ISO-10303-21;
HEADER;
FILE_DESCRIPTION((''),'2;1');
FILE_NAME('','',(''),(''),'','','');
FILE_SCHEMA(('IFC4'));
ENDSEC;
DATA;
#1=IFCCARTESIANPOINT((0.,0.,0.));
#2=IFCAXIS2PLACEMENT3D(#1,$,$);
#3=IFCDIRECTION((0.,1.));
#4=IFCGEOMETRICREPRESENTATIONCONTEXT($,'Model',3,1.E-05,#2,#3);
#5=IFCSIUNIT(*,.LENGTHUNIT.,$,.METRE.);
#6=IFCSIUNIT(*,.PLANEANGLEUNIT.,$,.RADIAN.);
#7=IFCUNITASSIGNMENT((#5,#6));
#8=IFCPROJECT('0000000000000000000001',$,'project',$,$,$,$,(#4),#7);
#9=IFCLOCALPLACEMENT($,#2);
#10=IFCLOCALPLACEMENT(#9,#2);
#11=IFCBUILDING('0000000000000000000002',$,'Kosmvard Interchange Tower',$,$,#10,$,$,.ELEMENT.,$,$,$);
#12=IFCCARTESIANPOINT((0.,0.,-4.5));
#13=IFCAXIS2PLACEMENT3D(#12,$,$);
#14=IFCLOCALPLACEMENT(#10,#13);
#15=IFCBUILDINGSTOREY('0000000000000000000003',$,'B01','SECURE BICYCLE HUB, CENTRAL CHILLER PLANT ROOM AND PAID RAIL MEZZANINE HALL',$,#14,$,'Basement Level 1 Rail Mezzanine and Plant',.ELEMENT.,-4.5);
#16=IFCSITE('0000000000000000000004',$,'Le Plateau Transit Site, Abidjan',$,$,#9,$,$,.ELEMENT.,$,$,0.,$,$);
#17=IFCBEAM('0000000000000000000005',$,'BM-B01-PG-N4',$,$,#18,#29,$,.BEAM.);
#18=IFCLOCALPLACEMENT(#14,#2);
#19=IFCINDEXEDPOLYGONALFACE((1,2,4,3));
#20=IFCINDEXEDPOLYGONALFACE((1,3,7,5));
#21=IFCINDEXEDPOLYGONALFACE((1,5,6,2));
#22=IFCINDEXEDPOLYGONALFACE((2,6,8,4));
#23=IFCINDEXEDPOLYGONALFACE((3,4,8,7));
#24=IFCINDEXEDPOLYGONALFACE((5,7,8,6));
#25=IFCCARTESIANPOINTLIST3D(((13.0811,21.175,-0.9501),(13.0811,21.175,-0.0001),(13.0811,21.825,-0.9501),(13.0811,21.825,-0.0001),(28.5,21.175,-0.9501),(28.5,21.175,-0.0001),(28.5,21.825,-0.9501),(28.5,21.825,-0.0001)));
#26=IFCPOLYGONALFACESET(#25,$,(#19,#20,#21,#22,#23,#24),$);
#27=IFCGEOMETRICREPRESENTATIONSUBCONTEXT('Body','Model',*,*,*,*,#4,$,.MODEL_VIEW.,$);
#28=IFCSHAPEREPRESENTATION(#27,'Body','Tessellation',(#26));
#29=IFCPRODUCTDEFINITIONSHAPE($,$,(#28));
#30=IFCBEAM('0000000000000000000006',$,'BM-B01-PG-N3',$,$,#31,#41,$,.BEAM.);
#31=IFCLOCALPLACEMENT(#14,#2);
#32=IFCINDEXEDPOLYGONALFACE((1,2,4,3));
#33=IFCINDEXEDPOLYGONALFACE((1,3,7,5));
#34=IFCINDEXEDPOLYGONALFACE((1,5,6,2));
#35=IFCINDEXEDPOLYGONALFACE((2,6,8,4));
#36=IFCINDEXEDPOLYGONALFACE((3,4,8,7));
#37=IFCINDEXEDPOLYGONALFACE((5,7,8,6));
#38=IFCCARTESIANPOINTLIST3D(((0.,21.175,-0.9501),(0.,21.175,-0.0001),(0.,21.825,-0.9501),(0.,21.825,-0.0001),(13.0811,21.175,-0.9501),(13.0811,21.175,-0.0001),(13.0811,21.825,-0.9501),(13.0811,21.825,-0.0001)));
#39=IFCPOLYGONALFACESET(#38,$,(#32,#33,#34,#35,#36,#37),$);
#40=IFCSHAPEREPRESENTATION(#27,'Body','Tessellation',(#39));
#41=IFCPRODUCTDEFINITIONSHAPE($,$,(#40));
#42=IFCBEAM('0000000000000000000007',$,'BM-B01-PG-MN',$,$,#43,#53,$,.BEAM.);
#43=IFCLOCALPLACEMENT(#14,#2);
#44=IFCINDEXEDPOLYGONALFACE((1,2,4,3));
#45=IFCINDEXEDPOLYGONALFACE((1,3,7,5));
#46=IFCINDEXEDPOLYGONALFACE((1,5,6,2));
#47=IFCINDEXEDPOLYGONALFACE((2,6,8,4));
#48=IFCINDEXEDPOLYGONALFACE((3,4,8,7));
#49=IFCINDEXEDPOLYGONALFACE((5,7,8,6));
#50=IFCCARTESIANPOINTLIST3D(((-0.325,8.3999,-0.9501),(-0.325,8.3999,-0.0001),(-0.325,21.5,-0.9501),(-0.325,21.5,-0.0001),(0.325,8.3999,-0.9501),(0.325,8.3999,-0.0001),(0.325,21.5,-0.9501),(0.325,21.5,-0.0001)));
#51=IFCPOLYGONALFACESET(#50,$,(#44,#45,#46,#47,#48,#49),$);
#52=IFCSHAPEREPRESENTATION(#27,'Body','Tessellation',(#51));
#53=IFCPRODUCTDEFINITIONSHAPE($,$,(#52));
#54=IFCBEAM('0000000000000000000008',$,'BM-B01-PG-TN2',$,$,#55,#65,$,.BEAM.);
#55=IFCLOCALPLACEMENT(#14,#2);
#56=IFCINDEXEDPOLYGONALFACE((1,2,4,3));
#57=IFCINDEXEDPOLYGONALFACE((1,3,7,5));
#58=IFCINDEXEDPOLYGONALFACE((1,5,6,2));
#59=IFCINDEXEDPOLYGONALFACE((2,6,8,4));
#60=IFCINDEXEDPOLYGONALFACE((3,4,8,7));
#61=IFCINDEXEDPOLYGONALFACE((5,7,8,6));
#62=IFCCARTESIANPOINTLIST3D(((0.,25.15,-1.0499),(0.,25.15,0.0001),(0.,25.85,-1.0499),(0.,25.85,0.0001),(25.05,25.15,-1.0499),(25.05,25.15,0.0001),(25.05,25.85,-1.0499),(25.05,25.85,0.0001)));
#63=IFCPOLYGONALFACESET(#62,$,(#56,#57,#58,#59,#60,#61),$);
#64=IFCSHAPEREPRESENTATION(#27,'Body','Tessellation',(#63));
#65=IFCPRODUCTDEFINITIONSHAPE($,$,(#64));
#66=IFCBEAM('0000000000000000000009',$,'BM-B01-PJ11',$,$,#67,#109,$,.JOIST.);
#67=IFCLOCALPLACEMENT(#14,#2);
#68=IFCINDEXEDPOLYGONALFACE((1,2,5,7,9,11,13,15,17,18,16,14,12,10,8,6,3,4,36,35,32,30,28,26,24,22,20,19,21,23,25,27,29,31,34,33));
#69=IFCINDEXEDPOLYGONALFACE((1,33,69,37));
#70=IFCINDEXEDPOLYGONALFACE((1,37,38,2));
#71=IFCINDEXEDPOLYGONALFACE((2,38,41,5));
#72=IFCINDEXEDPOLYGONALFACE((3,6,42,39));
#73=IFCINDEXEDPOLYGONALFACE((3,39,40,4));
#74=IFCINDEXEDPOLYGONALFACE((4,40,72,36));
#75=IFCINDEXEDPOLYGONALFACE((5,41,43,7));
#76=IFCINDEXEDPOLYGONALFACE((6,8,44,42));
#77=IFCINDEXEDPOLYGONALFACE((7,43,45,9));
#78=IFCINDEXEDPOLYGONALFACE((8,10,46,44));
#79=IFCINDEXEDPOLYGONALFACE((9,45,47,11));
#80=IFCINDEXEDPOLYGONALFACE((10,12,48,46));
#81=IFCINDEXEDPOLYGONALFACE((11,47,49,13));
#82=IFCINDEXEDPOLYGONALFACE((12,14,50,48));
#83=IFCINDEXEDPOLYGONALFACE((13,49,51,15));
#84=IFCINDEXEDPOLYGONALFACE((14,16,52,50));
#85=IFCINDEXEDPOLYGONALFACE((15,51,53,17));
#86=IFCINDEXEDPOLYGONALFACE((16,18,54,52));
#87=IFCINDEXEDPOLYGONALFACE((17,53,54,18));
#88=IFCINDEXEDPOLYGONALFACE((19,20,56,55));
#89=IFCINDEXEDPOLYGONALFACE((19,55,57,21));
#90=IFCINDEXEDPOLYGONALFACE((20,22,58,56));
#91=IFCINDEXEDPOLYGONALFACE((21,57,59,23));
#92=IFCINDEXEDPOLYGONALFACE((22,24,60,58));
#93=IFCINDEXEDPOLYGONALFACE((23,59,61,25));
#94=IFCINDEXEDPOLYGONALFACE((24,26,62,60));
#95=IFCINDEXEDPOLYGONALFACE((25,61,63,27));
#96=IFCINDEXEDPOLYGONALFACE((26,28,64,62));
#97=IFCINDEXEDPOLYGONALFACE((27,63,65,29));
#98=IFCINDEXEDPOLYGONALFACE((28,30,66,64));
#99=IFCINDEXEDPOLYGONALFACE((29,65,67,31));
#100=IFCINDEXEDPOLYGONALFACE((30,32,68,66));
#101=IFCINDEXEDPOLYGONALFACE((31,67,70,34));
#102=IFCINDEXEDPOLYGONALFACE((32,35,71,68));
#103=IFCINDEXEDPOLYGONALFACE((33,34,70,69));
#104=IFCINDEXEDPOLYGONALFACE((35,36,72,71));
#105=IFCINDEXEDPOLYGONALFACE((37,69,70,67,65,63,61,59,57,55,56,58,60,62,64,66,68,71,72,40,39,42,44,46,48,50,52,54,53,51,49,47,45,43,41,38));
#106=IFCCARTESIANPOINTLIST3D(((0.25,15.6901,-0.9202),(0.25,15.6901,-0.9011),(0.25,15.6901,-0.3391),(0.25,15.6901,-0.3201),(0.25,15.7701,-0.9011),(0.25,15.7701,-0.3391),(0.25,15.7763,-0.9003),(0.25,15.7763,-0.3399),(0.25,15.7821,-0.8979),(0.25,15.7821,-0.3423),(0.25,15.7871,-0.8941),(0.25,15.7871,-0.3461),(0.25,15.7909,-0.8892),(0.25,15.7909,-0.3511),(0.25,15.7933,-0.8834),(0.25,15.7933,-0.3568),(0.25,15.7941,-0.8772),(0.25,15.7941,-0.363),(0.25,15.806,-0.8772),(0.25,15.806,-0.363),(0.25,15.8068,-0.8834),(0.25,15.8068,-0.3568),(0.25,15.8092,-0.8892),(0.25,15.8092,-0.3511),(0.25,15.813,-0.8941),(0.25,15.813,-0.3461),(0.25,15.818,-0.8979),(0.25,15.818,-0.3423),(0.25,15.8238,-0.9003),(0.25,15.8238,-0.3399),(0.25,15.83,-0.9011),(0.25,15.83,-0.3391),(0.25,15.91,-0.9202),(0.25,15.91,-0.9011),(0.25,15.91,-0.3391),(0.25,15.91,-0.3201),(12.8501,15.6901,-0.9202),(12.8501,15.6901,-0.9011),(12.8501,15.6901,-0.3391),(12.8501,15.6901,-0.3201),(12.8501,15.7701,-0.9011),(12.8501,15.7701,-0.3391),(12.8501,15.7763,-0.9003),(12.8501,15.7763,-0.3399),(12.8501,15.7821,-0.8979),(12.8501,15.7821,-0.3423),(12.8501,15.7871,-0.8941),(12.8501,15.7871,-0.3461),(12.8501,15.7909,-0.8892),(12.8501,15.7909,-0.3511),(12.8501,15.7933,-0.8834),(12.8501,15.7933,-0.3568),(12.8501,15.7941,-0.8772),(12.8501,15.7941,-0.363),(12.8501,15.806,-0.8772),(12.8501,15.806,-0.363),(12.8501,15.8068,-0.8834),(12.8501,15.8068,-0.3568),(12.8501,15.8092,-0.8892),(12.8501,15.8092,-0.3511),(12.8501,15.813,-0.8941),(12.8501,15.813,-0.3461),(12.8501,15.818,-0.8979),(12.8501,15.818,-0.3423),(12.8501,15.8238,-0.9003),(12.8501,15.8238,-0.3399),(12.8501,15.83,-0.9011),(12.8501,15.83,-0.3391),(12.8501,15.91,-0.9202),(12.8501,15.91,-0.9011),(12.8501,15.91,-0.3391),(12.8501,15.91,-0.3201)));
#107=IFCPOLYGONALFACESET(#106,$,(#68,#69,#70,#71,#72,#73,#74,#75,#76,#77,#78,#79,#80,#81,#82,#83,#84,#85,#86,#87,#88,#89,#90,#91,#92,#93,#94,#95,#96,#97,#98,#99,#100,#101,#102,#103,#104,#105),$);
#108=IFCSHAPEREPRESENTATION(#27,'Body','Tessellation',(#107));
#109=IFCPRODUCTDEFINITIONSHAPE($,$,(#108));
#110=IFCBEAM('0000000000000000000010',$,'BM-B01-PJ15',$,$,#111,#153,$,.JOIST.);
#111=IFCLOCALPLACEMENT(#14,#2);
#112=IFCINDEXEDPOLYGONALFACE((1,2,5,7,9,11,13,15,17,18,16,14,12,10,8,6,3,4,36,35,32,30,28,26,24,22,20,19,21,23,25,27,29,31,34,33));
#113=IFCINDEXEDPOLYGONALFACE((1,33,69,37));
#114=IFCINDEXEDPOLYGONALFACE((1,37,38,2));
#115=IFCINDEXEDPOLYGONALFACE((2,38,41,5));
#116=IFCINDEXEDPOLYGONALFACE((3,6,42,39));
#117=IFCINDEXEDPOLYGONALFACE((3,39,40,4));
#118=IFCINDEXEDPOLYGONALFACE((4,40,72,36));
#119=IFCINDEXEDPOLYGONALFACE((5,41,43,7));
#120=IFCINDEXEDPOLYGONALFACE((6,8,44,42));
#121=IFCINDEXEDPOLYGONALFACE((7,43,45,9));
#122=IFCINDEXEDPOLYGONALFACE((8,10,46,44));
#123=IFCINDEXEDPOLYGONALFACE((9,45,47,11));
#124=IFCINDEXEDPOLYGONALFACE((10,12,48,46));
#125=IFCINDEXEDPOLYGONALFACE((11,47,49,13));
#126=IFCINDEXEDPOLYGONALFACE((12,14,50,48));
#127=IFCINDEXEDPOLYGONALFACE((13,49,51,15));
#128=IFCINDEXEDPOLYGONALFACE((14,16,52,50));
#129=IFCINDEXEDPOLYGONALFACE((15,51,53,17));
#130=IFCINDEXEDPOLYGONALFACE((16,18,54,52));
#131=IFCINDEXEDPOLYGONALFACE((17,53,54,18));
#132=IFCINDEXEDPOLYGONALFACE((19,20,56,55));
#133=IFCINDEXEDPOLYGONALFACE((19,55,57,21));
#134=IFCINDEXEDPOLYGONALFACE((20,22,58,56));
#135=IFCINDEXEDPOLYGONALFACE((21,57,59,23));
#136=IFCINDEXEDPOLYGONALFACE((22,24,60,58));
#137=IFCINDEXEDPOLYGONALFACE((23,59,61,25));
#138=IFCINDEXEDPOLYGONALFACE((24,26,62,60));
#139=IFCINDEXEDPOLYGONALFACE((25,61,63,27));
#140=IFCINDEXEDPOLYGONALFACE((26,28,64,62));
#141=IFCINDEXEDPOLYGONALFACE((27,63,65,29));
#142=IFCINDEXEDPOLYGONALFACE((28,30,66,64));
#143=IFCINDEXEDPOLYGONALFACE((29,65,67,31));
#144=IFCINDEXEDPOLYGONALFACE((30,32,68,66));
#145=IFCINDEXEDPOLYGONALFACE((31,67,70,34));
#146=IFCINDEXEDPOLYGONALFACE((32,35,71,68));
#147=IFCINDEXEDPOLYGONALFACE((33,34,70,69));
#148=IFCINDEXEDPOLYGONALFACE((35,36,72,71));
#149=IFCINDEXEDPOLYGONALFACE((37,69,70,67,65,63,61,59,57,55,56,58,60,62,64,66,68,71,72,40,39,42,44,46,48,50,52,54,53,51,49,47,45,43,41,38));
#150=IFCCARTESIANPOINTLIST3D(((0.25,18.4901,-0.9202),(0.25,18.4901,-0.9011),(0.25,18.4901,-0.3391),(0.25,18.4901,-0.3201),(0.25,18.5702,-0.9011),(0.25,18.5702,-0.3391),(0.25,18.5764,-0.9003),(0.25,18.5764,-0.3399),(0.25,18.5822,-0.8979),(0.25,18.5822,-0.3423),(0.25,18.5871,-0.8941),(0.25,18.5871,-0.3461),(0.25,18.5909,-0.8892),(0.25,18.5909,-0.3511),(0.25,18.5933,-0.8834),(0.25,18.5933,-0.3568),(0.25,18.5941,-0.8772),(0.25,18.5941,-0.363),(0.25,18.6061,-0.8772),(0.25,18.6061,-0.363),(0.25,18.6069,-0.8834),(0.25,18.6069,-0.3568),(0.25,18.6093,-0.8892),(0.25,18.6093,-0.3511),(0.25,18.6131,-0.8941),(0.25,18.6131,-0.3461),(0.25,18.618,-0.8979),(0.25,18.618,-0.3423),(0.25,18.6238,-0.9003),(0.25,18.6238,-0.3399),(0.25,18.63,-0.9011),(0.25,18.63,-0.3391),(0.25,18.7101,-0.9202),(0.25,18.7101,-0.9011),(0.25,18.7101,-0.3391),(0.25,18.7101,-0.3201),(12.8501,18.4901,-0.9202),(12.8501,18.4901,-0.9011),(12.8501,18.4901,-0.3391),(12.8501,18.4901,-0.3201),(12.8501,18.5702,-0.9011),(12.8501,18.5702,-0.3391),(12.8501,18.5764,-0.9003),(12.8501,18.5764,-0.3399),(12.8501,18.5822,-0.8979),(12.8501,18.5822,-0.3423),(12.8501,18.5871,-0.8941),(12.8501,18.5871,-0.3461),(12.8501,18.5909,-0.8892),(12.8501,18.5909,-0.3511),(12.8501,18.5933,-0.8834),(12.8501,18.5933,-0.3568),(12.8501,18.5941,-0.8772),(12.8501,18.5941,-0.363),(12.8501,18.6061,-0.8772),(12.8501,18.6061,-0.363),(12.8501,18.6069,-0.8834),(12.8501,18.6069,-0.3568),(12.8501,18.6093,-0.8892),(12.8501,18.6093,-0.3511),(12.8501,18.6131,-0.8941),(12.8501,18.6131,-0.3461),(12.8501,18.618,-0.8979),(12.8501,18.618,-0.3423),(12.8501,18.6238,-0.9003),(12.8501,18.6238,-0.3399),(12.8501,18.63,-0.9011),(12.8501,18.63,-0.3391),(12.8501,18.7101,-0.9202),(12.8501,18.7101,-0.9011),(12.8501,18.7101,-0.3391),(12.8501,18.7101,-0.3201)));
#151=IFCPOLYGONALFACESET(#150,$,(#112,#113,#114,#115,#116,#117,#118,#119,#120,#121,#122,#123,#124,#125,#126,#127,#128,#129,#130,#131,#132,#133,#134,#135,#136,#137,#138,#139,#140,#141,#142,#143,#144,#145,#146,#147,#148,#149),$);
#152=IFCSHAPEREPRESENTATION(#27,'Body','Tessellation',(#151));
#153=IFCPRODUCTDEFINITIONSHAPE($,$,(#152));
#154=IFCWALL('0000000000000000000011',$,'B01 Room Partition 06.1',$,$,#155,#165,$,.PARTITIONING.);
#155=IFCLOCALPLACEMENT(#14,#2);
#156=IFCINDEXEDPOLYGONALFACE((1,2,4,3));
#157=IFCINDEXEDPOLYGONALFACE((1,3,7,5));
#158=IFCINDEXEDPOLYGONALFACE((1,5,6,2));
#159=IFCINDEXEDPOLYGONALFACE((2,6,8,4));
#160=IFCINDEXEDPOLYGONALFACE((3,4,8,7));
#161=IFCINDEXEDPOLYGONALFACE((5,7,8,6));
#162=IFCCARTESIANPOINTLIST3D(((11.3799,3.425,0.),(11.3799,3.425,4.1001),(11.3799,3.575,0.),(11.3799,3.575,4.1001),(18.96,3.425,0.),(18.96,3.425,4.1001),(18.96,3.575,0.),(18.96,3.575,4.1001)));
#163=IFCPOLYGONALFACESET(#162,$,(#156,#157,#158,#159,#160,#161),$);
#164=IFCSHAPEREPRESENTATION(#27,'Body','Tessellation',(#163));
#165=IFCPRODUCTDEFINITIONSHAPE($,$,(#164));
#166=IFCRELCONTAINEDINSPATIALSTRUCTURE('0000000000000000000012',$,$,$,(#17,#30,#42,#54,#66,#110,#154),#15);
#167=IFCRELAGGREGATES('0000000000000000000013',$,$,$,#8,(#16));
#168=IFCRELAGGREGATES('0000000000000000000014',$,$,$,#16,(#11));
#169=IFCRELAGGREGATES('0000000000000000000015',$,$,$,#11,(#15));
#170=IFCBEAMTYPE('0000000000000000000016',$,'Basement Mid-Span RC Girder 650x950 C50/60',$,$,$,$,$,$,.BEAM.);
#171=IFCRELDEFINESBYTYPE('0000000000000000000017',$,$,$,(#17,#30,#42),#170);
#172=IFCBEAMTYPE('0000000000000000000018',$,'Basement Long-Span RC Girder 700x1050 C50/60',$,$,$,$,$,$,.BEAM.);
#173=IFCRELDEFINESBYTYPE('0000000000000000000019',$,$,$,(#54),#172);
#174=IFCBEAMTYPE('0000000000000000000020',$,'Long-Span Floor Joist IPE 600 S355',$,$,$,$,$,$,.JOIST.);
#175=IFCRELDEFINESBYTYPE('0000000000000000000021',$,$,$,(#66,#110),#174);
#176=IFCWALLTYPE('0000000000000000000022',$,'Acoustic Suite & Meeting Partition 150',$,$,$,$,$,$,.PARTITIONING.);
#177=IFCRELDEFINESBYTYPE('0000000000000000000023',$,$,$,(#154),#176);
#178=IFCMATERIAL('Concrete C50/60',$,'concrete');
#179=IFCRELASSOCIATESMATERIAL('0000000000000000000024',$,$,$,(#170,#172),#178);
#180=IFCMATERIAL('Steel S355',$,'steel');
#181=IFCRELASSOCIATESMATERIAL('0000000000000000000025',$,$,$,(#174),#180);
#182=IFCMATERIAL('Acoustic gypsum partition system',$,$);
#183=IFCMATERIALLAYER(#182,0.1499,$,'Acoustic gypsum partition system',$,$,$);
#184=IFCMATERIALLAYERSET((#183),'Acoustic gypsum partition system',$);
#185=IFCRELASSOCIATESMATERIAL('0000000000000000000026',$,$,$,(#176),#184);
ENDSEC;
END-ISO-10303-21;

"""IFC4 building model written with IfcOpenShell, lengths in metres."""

from ifc_helpers import new_model, si_unit, direction, frame, frame_2d, origin, origin_2d, place, context, subcontext, project, spatial, rectangle, i_section, extrude, source, transform, mapped, material, layer, layer_set, material_profile, profile_set, type_object, element, save


model = new_model("IFC4")

# Units and contexts
model_context = context("Model", 3, precision=1e-05, world=origin(), true_north=direction((0.0, 1.0)))
body_context = subcontext(model_context, "Body", "Model", "MODEL_VIEW")
ifc_project = project(units=[si_unit("LENGTHUNIT", "METRE"), si_unit("PLANEANGLEUNIT", "RADIAN")], contexts=[model_context])

# Site, building, storey
site_placement = place(None, origin())
site = spatial("IfcSite", under=ifc_project, at=site_placement, Name="Le Plateau Transit Site, Abidjan", CompositionType="ELEMENT", RefElevation=0.0)
building_placement = place(site_placement, origin())
building = spatial("IfcBuilding", under=site, at=building_placement, Name="Kosmvard Interchange Tower", CompositionType="ELEMENT")
storey_placement = place(building_placement, frame((0.0, 0.0, -4.5)))
storey = spatial("IfcBuildingStorey", under=building, at=storey_placement, Name="B01", Description="SECURE BICYCLE HUB, CENTRAL CHILLER PLANT ROOM AND PAID RAIL MEZZANINE HALL", LongName="Basement Level 1 Rail Mezzanine and Plant", CompositionType="ELEMENT", Elevation=-4.5)

# Beams
ifc_material_1 = material(Name="Concrete C50/60", Category="concrete")
ifc_material_profile_1 = material_profile(ifc_material_1, rectangle(XDim=0.6499, YDim=0.95, at=origin_2d()), Name="RCG 650x950")
ifc_profile_set_1 = profile_set([ifc_material_profile_1], Name="Concrete C50/60")
beam_type_1 = type_object("IfcBeamType", Name="Basement Mid-Span RC Girder 650x950 C50/60", PredefinedType="BEAM", material=ifc_profile_set_1)
shared_shape_1 = source(origin(), body_context, "Body", "SweptSolid", [
    extrude(rectangle(XDim=0.6499, YDim=0.95, at=origin_2d()), origin(), (0.0, 0.0, 1.0), 15.4189),
])
beam_1_placement = place(storey_placement, frame((13.0811, 21.5, -0.4751), z_axis=(1.0, 0.0, 0.0), x_axis=(0.0, 1.0, 0.0)))
element("IfcBeam", 1, at=beam_1_placement, inside=storey, type_object=beam_type_1, Name="BM-B01-PG-N4", PredefinedType="BEAM", context=body_context, shape_type="MappedRepresentation", body=[
    mapped(shared_shape_1, transform((0.0, 0.0, 0.0), scale=1.0)),
])
shared_shape_2 = source(origin(), body_context, "Body", "SweptSolid", [
    extrude(rectangle(XDim=0.6499, YDim=0.95, at=origin_2d()), origin(), (0.0, 0.0, 1.0), 13.0811),
])
beam_2_placement = place(storey_placement, frame((0.0, 21.5, -0.4751), z_axis=(1.0, 0.0, 0.0), x_axis=(0.0, 1.0, 0.0)))
element("IfcBeam", 2, at=beam_2_placement, inside=storey, type_object=beam_type_1, Name="BM-B01-PG-N3", PredefinedType="BEAM", context=body_context, shape_type="MappedRepresentation", body=[
    mapped(shared_shape_2, transform((0.0, 0.0, 0.0), scale=1.0)),
])
shared_shape_3 = source(origin(), body_context, "Body", "SweptSolid", [
    extrude(rectangle(XDim=0.6499, YDim=0.95, at=origin_2d()), origin(), (0.0, 0.0, 1.0), 13.1001),
])
beam_3_placement = place(storey_placement, frame((0.0, 21.5, -0.4751), z_axis=(0.0, -1.0, 0.0), x_axis=(1.0, 0.0, 0.0)))
element("IfcBeam", 3, at=beam_3_placement, inside=storey, type_object=beam_type_1, Name="BM-B01-PG-MN", PredefinedType="BEAM", context=body_context, shape_type="MappedRepresentation", body=[
    mapped(shared_shape_3, transform((0.0, 0.0, 0.0), scale=1.0)),
])
ifc_material_profile_2 = material_profile(ifc_material_1, rectangle(XDim=0.7, YDim=1.05, at=origin_2d()), Name="RCG 700x1050")
ifc_profile_set_2 = profile_set([ifc_material_profile_2], Name="Concrete C50/60")
beam_type_2 = type_object("IfcBeamType", Name="Basement Long-Span RC Girder 700x1050 C50/60", PredefinedType="BEAM", material=ifc_profile_set_2)
shared_shape_4 = source(origin(), body_context, "Body", "SweptSolid", [
    extrude(rectangle(XDim=0.7, YDim=1.05, at=origin_2d()), origin(), (0.0, 0.0, 1.0), 25.05),
])
beam_4_placement = place(storey_placement, frame((0.0, 25.5, -0.5249), z_axis=(1.0, 0.0, 0.0), x_axis=(0.0, 1.0, 0.0)))
element("IfcBeam", 4, at=beam_4_placement, inside=storey, type_object=beam_type_2, Name="BM-B01-PG-TN2", PredefinedType="BEAM", context=body_context, shape_type="MappedRepresentation", body=[
    mapped(shared_shape_4, transform((0.0, 0.0, 0.0), scale=1.0)),
])
ifc_material_2 = material(Name="Steel S355", Category="steel")
ifc_material_profile_3 = material_profile(ifc_material_2, i_section(OverallWidth=0.22, OverallDepth=0.6001, WebThickness=0.012, FlangeThickness=0.019, FilletRadius=0.0239, at=origin_2d()), Name="IPE 600")
ifc_profile_set_3 = profile_set([ifc_material_profile_3], Name="Steel S355")
beam_type_3 = type_object("IfcBeamType", Name="Long-Span Floor Joist IPE 600 S355", PredefinedType="JOIST", material=ifc_profile_set_3)
shared_shape_5 = source(origin(), body_context, "Body", "SweptSolid", [
    extrude(i_section(OverallWidth=0.22, OverallDepth=0.6001, WebThickness=0.012, FlangeThickness=0.019, FilletRadius=0.0239, at=origin_2d()), origin(), (0.0, 0.0, 1.0), 12.6001),
])
for number, where, z_axis, x_axis, name in (
    (5, (0.25, 15.8, -0.6201), (1.0, 0.0, 0.0), (0.0, 1.0, 0.0), "BM-B01-PJ11"),
    (6, (0.25, 18.6001, -0.6201), (1.0, 0.0, 0.0), (0.0, 1.0, 0.0), "BM-B01-PJ15"),
):
    element("IfcBeam", number, at=place(storey_placement, frame(where, z_axis=z_axis, x_axis=x_axis)), inside=storey, type_object=beam_type_3, Name=name, PredefinedType="JOIST", context=body_context, shape_type="MappedRepresentation", body=[
        mapped(shared_shape_5, transform((0.0, 0.0, 0.0), scale=1.0)),
    ])

# Wall
ifc_material_3 = material(Name="Acoustic gypsum partition system")
ifc_layer_1 = layer(ifc_material_3, 0.1499, Name="Acoustic gypsum partition system")
ifc_layer_set_1 = layer_set([ifc_layer_1], Name="Acoustic gypsum partition system")
wall_type_1 = type_object("IfcWallType", Name="Acoustic Suite & Meeting Partition 150", PredefinedType="PARTITIONING", material=ifc_layer_set_1)
wall_1_placement = place(storey_placement, frame((11.3799, 3.5, 0.0), z_axis=(0.0, 0.0, 1.0), x_axis=(1.0, 0.0, 0.0)))
element("IfcWall", 7, at=wall_1_placement, inside=storey, type_object=wall_type_1, Name="B01 Room Partition 06.1", PredefinedType="PARTITIONING", context=body_context, shape_type="SweptSolid", body=[
    extrude(rectangle(XDim=7.5801, YDim=0.1499, at=frame_2d((3.79, 0.0))), origin(), (0.0, 0.0, 1.0), 4.1001),
])

save(model, "model.ifc")
